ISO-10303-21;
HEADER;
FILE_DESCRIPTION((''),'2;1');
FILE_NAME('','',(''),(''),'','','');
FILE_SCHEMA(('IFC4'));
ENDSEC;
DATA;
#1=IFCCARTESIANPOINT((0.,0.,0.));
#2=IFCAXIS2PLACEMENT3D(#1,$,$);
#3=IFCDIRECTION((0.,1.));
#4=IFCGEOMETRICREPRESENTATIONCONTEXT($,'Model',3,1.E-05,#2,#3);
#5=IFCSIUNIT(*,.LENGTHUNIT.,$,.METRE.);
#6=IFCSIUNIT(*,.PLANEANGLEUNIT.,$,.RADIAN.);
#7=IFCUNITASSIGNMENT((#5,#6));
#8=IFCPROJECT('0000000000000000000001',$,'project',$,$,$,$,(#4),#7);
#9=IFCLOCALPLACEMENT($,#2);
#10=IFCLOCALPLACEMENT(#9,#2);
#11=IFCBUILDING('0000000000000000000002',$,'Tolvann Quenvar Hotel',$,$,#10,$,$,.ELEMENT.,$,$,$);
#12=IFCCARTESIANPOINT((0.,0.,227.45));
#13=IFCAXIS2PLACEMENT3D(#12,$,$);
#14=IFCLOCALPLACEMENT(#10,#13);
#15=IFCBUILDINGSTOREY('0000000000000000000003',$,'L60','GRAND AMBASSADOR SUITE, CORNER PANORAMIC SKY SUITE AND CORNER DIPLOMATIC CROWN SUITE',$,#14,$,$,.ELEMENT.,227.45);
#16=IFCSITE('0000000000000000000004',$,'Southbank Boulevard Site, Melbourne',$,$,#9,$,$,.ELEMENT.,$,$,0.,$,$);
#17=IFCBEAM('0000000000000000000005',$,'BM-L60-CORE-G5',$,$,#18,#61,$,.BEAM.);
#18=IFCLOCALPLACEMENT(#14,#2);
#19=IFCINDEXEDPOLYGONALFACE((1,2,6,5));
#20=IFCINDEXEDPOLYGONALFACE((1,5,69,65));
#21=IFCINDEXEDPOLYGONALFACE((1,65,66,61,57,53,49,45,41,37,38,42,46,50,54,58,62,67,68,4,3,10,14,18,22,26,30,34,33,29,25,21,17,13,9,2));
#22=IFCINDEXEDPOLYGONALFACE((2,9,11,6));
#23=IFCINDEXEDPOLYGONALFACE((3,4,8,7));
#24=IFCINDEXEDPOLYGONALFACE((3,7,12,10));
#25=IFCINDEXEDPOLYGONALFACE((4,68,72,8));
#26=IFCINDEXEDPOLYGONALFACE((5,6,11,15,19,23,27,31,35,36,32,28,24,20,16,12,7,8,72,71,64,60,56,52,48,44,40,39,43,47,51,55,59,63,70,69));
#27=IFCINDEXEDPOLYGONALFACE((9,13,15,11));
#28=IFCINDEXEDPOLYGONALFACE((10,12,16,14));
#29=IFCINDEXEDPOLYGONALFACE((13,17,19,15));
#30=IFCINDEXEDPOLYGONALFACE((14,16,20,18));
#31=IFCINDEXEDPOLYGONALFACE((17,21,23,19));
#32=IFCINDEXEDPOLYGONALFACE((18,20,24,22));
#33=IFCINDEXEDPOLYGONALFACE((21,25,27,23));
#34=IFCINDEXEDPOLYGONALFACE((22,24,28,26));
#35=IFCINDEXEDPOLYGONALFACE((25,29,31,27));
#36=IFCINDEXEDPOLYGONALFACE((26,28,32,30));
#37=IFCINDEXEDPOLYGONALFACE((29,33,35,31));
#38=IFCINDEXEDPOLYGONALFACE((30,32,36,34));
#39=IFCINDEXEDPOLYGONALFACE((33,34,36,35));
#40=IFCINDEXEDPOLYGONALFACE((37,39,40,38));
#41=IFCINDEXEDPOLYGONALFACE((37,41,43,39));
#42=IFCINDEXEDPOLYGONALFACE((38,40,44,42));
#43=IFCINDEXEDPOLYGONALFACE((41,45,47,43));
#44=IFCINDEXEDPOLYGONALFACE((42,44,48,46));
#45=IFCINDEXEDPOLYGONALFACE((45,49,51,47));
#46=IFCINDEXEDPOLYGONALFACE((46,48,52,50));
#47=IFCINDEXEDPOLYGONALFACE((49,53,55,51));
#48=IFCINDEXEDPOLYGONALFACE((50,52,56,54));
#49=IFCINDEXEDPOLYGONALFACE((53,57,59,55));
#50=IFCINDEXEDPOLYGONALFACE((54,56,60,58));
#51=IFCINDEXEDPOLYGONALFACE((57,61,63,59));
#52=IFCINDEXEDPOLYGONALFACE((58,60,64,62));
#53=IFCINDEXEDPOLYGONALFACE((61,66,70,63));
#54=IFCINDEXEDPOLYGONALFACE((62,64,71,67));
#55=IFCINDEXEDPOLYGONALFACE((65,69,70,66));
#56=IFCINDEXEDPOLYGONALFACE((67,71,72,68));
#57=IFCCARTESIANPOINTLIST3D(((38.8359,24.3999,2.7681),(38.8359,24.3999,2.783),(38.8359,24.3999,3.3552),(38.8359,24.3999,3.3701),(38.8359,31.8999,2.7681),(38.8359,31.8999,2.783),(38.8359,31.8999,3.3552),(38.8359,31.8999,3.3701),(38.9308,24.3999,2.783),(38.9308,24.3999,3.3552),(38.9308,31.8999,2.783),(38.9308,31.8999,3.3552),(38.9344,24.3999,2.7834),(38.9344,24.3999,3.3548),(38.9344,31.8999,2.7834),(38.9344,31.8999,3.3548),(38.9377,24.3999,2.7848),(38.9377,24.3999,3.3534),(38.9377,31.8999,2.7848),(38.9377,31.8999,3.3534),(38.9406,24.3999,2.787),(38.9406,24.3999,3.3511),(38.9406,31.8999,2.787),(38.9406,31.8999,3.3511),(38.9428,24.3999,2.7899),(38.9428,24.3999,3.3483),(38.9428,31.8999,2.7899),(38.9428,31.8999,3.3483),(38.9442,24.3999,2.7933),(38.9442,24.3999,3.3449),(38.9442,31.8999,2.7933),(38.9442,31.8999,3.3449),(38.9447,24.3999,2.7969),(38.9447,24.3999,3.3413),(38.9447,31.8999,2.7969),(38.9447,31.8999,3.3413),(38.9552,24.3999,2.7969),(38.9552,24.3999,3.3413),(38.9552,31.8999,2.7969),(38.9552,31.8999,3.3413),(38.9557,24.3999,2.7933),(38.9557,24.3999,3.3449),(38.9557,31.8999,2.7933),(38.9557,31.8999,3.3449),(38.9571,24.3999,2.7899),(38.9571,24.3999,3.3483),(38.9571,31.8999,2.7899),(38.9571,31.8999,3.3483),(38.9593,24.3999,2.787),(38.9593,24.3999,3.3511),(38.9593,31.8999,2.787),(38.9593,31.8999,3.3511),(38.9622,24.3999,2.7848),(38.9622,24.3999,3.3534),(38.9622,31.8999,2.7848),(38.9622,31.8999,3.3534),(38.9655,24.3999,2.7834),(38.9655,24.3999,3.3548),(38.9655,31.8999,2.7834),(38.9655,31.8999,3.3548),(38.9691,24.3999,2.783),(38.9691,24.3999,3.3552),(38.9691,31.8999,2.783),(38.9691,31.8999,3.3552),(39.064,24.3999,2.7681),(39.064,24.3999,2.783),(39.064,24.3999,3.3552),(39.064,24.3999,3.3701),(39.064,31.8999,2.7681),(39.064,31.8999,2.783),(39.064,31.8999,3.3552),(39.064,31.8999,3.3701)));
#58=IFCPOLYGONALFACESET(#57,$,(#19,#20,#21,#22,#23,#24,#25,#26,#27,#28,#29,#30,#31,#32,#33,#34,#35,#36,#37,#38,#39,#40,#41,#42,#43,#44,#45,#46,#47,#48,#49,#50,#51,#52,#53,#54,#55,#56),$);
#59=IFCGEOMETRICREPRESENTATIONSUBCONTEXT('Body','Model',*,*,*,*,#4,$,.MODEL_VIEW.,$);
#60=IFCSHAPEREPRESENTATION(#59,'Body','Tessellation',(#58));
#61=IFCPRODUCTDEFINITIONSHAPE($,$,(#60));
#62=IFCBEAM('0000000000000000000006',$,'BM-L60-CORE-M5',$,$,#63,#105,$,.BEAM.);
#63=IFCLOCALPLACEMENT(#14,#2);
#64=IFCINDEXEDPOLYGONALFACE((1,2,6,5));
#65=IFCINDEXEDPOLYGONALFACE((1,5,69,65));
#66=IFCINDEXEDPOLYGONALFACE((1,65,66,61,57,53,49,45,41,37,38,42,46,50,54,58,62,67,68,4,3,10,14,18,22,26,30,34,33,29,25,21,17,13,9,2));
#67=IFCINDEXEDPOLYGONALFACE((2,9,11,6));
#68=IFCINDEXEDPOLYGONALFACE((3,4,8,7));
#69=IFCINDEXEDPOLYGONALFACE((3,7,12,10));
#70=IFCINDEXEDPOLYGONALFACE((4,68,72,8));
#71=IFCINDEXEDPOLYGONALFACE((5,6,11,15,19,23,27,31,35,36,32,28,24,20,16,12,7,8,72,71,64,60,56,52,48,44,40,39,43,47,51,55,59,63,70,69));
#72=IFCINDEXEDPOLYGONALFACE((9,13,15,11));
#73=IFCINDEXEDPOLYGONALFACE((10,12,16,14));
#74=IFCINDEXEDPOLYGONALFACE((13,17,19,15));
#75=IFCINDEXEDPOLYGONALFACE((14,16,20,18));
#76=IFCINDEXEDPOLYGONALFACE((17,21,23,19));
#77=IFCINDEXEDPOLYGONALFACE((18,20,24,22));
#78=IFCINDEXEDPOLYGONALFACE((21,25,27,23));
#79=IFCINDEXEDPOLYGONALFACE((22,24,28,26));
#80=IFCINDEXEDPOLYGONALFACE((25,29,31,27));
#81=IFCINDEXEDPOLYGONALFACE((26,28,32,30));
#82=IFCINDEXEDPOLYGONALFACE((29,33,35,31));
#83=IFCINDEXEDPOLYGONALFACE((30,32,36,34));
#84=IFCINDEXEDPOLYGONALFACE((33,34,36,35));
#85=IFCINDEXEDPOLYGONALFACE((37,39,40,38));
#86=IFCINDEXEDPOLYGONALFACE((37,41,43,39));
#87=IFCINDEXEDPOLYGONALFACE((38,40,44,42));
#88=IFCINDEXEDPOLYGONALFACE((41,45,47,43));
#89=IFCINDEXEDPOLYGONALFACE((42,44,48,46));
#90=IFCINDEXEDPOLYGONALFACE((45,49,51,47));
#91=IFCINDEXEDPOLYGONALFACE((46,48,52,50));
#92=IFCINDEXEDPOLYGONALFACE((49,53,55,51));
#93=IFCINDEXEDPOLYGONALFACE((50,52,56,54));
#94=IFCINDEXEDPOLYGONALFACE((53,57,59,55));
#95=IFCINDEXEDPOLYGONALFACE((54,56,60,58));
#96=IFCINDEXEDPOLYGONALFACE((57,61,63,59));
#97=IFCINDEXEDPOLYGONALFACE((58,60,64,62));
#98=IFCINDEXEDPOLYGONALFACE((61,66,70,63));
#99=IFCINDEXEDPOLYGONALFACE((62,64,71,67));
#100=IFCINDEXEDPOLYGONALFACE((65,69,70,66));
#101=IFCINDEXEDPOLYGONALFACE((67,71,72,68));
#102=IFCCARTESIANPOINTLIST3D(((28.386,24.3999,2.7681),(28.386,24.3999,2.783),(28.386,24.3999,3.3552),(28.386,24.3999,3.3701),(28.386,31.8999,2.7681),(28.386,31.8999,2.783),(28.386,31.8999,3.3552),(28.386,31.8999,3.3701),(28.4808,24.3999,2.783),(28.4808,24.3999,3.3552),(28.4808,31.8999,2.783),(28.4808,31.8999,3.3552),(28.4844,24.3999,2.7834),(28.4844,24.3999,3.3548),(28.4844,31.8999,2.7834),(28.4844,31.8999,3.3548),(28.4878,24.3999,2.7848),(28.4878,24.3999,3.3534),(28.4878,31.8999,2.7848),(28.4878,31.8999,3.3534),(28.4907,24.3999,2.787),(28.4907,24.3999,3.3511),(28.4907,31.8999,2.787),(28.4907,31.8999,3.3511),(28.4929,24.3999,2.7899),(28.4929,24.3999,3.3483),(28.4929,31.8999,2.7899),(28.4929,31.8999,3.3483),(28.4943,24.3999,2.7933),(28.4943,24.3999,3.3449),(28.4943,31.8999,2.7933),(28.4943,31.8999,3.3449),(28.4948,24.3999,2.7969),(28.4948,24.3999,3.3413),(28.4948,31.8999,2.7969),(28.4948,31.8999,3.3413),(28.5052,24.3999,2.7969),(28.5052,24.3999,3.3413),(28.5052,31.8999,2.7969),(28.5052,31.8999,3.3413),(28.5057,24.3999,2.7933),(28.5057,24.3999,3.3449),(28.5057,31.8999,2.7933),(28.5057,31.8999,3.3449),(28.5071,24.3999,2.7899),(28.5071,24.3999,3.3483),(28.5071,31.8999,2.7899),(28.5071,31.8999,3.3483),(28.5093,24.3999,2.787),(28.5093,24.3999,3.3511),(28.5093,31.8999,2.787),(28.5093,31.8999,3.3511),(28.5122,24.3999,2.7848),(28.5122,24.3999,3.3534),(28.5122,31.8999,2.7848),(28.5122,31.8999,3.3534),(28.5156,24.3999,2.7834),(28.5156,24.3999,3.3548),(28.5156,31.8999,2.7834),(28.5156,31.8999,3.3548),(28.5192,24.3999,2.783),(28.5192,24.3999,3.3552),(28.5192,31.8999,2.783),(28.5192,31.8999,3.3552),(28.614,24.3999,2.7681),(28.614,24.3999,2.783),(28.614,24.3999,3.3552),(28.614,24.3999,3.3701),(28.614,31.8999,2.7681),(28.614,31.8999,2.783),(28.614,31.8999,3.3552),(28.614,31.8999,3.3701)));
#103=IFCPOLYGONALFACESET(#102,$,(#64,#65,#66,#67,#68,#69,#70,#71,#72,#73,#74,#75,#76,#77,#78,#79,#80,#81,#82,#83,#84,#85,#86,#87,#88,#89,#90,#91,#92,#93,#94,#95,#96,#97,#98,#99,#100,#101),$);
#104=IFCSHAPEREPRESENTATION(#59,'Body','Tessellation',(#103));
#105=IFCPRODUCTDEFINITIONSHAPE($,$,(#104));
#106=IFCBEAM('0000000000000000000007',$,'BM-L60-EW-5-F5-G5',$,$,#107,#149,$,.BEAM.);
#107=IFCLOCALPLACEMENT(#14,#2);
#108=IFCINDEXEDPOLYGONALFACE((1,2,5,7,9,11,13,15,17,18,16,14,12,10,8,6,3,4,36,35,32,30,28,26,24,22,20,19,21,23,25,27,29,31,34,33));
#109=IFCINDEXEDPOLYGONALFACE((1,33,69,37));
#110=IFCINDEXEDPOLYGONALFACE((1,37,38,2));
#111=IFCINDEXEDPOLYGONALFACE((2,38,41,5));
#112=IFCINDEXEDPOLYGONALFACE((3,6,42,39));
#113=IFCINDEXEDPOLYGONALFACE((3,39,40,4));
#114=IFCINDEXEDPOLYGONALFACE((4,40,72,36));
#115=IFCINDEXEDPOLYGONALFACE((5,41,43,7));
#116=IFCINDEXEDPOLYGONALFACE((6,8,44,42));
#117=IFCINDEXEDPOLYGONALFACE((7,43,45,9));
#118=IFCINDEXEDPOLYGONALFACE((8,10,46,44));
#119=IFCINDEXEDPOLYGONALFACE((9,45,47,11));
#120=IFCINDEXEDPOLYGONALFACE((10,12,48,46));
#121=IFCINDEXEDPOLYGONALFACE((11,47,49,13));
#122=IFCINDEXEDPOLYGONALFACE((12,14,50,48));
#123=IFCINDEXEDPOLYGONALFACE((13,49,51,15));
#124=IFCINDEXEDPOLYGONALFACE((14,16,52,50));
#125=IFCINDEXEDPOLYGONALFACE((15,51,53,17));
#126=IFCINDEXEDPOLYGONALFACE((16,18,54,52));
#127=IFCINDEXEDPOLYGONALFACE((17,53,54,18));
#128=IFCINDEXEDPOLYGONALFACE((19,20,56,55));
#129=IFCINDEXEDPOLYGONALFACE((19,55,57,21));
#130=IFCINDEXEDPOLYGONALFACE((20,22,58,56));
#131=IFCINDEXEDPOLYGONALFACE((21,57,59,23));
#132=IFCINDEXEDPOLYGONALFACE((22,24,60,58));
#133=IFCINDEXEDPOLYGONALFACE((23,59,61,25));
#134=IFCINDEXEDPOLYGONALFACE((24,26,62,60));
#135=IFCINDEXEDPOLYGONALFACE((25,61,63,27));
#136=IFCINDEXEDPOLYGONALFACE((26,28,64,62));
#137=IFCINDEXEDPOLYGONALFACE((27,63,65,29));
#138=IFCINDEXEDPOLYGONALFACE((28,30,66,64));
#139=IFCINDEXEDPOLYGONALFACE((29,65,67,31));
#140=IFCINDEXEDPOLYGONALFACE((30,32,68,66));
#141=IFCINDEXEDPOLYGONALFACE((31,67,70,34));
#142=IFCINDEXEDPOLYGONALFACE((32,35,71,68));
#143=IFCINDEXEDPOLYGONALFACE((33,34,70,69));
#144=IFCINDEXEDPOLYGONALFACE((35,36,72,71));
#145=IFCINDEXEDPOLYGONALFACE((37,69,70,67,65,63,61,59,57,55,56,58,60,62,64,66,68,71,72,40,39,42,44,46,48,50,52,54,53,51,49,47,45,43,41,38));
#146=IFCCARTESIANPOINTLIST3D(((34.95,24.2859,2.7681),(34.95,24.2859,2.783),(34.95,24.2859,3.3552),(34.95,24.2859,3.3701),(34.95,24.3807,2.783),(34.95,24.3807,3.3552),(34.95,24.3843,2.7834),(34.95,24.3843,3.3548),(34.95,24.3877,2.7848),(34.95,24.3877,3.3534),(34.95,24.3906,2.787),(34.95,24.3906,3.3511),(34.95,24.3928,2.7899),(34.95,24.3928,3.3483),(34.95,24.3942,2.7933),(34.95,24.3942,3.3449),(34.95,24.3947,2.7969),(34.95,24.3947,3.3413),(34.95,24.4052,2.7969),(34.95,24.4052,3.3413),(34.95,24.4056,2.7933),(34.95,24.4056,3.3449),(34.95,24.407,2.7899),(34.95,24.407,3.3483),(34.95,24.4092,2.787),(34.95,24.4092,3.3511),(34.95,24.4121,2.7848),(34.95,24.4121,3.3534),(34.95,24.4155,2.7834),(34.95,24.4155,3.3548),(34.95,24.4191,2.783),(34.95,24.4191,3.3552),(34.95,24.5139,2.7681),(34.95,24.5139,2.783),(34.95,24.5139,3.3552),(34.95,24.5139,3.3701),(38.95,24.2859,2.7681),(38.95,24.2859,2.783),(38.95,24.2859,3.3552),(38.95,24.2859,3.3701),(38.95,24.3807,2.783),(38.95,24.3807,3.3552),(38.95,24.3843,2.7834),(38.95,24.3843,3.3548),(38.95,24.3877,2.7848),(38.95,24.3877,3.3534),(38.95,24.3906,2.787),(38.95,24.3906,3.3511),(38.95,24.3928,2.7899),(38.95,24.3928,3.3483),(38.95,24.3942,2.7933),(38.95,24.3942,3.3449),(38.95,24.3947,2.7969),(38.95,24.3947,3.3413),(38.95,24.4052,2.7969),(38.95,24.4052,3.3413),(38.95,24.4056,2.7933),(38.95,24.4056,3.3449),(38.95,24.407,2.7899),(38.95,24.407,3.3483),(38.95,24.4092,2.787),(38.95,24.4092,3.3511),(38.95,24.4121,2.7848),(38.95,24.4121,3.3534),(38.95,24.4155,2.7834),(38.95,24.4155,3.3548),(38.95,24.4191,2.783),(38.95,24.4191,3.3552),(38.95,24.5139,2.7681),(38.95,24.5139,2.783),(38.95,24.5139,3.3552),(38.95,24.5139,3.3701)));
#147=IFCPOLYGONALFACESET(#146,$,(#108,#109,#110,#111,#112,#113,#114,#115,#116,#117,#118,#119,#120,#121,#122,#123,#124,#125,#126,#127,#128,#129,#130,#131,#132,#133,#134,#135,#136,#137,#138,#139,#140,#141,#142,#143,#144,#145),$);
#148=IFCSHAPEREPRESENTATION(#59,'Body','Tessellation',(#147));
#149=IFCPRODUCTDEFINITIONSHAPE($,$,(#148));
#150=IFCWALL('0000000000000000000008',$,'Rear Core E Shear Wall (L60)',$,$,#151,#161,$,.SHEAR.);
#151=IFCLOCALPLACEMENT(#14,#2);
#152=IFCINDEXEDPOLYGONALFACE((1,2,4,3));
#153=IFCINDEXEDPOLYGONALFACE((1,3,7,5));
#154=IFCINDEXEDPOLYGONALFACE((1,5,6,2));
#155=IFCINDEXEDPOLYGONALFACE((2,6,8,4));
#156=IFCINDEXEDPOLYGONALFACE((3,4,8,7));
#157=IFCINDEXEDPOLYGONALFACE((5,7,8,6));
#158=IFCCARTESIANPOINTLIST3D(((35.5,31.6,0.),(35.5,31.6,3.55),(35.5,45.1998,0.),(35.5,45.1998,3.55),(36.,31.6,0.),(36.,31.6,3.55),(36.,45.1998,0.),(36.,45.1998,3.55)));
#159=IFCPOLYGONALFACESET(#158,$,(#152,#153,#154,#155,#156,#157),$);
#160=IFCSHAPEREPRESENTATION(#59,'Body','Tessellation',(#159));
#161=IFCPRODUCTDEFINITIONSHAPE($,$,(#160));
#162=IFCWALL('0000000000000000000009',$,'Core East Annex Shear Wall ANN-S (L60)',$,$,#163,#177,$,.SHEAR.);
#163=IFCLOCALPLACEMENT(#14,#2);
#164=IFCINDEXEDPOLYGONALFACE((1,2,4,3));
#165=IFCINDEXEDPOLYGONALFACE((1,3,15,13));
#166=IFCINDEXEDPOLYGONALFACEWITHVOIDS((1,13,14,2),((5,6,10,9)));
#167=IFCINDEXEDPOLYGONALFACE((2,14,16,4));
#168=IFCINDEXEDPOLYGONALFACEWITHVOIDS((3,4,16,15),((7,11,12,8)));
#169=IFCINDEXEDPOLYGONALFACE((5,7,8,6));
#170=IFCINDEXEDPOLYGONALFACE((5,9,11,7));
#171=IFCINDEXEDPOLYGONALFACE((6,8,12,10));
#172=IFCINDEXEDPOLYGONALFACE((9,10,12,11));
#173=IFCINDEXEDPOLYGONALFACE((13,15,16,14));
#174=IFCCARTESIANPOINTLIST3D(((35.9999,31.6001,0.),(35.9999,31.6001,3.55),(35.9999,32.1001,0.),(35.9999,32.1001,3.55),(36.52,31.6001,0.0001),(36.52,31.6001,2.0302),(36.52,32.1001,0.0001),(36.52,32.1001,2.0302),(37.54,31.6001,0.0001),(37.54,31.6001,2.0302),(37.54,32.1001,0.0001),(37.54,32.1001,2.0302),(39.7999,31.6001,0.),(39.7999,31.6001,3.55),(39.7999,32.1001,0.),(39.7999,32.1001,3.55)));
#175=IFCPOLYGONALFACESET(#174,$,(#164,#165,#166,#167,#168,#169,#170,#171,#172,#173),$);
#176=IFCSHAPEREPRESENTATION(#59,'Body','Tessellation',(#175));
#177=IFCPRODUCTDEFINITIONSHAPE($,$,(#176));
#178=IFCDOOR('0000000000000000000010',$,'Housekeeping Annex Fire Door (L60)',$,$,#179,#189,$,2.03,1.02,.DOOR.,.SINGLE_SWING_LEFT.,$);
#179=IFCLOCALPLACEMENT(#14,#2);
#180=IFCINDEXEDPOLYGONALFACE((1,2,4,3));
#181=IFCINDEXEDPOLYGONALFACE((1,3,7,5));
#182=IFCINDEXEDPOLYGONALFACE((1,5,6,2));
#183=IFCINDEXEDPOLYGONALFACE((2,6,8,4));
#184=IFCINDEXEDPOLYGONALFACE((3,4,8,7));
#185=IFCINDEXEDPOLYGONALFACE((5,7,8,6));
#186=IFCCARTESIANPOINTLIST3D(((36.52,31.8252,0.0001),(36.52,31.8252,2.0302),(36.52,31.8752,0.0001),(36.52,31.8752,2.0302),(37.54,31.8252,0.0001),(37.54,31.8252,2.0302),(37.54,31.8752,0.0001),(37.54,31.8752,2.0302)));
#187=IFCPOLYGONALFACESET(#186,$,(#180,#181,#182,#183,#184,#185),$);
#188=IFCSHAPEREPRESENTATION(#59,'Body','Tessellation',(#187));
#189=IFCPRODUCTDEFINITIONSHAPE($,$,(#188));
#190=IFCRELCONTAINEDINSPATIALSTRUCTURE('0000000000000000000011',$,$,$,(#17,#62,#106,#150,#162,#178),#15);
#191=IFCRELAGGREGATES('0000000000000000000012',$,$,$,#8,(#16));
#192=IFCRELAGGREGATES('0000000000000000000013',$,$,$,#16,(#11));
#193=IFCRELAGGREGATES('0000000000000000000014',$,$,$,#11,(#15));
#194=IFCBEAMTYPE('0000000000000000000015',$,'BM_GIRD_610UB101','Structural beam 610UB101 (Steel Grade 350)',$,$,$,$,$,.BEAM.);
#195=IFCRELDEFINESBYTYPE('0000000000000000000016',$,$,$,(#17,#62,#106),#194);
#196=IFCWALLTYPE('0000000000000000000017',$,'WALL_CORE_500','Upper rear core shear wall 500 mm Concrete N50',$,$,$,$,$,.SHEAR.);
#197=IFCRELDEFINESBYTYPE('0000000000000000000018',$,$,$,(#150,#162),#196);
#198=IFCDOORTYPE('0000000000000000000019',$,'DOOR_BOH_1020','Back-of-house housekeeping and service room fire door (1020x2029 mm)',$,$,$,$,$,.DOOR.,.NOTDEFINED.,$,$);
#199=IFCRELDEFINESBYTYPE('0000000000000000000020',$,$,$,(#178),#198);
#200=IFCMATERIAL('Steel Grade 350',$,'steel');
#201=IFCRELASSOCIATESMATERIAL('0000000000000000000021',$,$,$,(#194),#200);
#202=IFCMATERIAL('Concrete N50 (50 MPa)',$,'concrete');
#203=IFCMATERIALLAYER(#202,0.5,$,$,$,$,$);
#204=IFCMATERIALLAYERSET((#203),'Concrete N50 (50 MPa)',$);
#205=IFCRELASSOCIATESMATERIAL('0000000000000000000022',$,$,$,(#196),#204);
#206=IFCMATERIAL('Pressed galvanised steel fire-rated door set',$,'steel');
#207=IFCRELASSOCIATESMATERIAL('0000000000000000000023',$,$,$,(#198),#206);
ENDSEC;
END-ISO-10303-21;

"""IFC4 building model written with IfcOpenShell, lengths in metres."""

from ifc_helpers import new_model, si_unit, direction, frame, frame_2d, origin, origin_2d, place, context, subcontext, project, spatial, rectangle, i_section, extrude, source, transform, mapped, material, layer, layer_set, material_profile, profile_set, type_object, type_shapes, element, fill, save


model = new_model("IFC4")

# Units and contexts
model_context = context("Model", 3, precision=1e-05, world=origin(), true_north=direction((0.0, 1.0)))
body_context = subcontext(model_context, "Body", "Model", "MODEL_VIEW")
ifc_project = project(units=[si_unit("LENGTHUNIT", "METRE"), si_unit("PLANEANGLEUNIT", "RADIAN")], contexts=[model_context])

# Site, building, storey
site_placement = place(None, origin())
site = spatial("IfcSite", under=ifc_project, at=site_placement, Name="Southbank Boulevard Site, Melbourne", CompositionType="ELEMENT", RefElevation=0.0)
building_placement = place(site_placement, origin())
building = spatial("IfcBuilding", under=site, at=building_placement, Name="Tolvann Quenvar Hotel", CompositionType="ELEMENT")
storey_placement = place(building_placement, frame((0.0, 0.0, 227.45)))
storey = spatial("IfcBuildingStorey", under=building, at=storey_placement, Name="L60", Description="GRAND AMBASSADOR SUITE, CORNER PANORAMIC SKY SUITE AND CORNER DIPLOMATIC CROWN SUITE", CompositionType="ELEMENT", Elevation=227.45)

# Shared definitions
ifc_material_1 = material(Name="Concrete N50 (50 MPa)", Category="concrete")

# Beams
ifc_material_2 = material(Name="Steel Grade 350", Category="steel")
ifc_material_profile_1 = material_profile(ifc_material_2, i_section(OverallWidth=0.228, OverallDepth=0.6021, WebThickness=0.0105, FlangeThickness=0.0149, FilletRadius=0.0139, at=origin_2d()), Name="610UB101")
ifc_profile_set_1 = profile_set([ifc_material_profile_1], Name="Steel Grade 350")
beam_type_1 = type_object("IfcBeamType", Name="BM_GIRD_610UB101", Description="Structural beam 610UB101 (Steel Grade 350)", PredefinedType="BEAM", material=ifc_profile_set_1)
shared_shape_1 = source(origin(), body_context, "Body", "SweptSolid", [
    extrude(i_section(OverallWidth=0.228, OverallDepth=0.6021, WebThickness=0.0105, FlangeThickness=0.0149, FilletRadius=0.0139, at=origin_2d()), origin(), (0.0, 0.0, 1.0), 7.5),
])
for number, where, z_axis, x_axis, name in (
    (1, (38.95, 24.3999, 3.0691), (0.0, 1.0, 0.0), (-1.0, 0.0, 0.0), "BM-L60-CORE-G5"),
    (2, (28.5, 24.3999, 3.0691), (0.0, 1.0, 0.0), (-1.0, 0.0, 0.0), "BM-L60-CORE-M5"),
):
    element("IfcBeam", number, at=place(storey_placement, frame(where, z_axis=z_axis, x_axis=x_axis)), inside=storey, type_object=beam_type_1, Name=name, PredefinedType="BEAM", context=body_context, shape_type="MappedRepresentation", body=[
        mapped(shared_shape_1, transform((0.0, 0.0, 0.0), x_axis=(1.0, 0.0, 0.0), y_axis=(0.0, 1.0, 0.0), z_axis=(0.0, 0.0, 1.0), scale=1.0)),
    ])
shared_shape_2 = source(origin(), body_context, "Body", "SweptSolid", [
    extrude(i_section(OverallWidth=0.228, OverallDepth=0.6021, WebThickness=0.0105, FlangeThickness=0.0149, FilletRadius=0.0139, at=origin_2d()), origin(), (0.0, 0.0, 1.0), 4.0),
])
beam_1_placement = place(storey_placement, frame((34.95, 24.3999, 3.0691), z_axis=(1.0, 0.0, 0.0), x_axis=(0.0, 1.0, 0.0)))
element("IfcBeam", 3, at=beam_1_placement, inside=storey, type_object=beam_type_1, Name="BM-L60-EW-5-F5-G5", PredefinedType="BEAM", context=body_context, shape_type="MappedRepresentation", body=[
    mapped(shared_shape_2, transform((0.0, 0.0, 0.0), x_axis=(1.0, 0.0, 0.0), y_axis=(0.0, 1.0, 0.0), z_axis=(0.0, 0.0, 1.0), scale=1.0)),
])

# Wall
ifc_layer_1 = layer(ifc_material_1, 0.5)
ifc_layer_set_1 = layer_set([ifc_layer_1], Name="Concrete N50 (50 MPa)")
wall_type_1 = type_object("IfcWallType", Name="WALL_CORE_500", Description="Upper rear core shear wall 500 mm Concrete N50", PredefinedType="SHEAR", material=ifc_layer_set_1)
wall_1_placement = place(storey_placement, frame((35.75, 31.6001, 0.0), z_axis=(0.0, 0.0, 1.0), x_axis=(0.0, 1.0, 0.0)))
element("IfcWall", 4, at=wall_1_placement, inside=storey, type_object=wall_type_1, Name="Rear Core E Shear Wall (L60)", PredefinedType="SHEAR", context=body_context, shape_type="SweptSolid", body=[
    extrude(rectangle(XDim=13.5999, YDim=0.5, at=frame_2d((6.7998, 0.0))), origin(), (0.0, 0.0, 1.0), 3.55),
])

# Wall, opening, door
wall_2_placement = place(storey_placement, frame((36.0, 31.8501, 0.0), z_axis=(0.0, 0.0, 1.0), x_axis=(1.0, 0.0, 0.0)))
wall_2 = element("IfcWall", 5, at=wall_2_placement, inside=storey, type_object=wall_type_1, Name="Core East Annex Shear Wall ANN-S (L60)", PredefinedType="SHEAR", context=body_context, shape_type="SweptSolid", body=[
    extrude(rectangle(XDim=3.8, YDim=0.5, at=frame_2d((1.8999, 0.0))), origin(), (0.0, 0.0, 1.0), 3.55),
])
opening_1_placement = place(wall_2_placement, frame((1.54, 0.0, 0.0), z_axis=(0.0, 0.0, 1.0), x_axis=(-1.0, 0.0, 0.0)))
opening_1 = element("IfcOpeningElement", 6, at=opening_1_placement, cuts=wall_2, PredefinedType="OPENING", context=body_context, shape_type="SweptSolid", body=[
    extrude(rectangle(XDim=1.02, YDim=2.03, at=frame_2d((0.51, 1.0151))), frame((0.0, 0.26, 0.0), z_axis=(0.0, -1.0, 0.0), x_axis=(1.0, 0.0, 0.0)), (0.0, 0.0, 1.0), 0.52),
])
ifc_material_3 = material(Name="Pressed galvanised steel fire-rated door set", Category="steel")
door_type_1 = type_object("IfcDoorType", Name="DOOR_BOH_1020", Description="Back-of-house housekeeping and service room fire door (1020x2029 mm)", OperationType="NOTDEFINED", PredefinedType="DOOR", material=ifc_material_3)
shared_shape_3 = source(origin(), body_context, "Body", "SweptSolid", [
    extrude(rectangle(XDim=1.02, YDim=2.03, at=frame_2d((0.51, 1.0151))), frame((0.0, 0.0249, 0.0), z_axis=(0.0, -1.0, 0.0), x_axis=(1.0, 0.0, 0.0)), (0.0, 0.0, 1.0), 0.05),
])
type_shapes(door_type_1, [shared_shape_3])
door_1_placement = place(opening_1_placement, origin())
door_1 = element("IfcDoor", 7, at=door_1_placement, inside=storey, type_object=door_type_1, Name="Housekeeping Annex Fire Door (L60)", OperationType="SINGLE_SWING_LEFT", OverallHeight=2.03, OverallWidth=1.02, PredefinedType="DOOR", context=body_context, shape_type="MappedRepresentation", body=[
    mapped(shared_shape_3, transform((0.0, 0.0, 0.0), x_axis=(1.0, 0.0, 0.0), y_axis=(0.0, 1.0, 0.0), z_axis=(0.0, 0.0, 1.0), scale=1.0)),
])
fill(opening_1, door_1)

save(model, "model.ifc")
